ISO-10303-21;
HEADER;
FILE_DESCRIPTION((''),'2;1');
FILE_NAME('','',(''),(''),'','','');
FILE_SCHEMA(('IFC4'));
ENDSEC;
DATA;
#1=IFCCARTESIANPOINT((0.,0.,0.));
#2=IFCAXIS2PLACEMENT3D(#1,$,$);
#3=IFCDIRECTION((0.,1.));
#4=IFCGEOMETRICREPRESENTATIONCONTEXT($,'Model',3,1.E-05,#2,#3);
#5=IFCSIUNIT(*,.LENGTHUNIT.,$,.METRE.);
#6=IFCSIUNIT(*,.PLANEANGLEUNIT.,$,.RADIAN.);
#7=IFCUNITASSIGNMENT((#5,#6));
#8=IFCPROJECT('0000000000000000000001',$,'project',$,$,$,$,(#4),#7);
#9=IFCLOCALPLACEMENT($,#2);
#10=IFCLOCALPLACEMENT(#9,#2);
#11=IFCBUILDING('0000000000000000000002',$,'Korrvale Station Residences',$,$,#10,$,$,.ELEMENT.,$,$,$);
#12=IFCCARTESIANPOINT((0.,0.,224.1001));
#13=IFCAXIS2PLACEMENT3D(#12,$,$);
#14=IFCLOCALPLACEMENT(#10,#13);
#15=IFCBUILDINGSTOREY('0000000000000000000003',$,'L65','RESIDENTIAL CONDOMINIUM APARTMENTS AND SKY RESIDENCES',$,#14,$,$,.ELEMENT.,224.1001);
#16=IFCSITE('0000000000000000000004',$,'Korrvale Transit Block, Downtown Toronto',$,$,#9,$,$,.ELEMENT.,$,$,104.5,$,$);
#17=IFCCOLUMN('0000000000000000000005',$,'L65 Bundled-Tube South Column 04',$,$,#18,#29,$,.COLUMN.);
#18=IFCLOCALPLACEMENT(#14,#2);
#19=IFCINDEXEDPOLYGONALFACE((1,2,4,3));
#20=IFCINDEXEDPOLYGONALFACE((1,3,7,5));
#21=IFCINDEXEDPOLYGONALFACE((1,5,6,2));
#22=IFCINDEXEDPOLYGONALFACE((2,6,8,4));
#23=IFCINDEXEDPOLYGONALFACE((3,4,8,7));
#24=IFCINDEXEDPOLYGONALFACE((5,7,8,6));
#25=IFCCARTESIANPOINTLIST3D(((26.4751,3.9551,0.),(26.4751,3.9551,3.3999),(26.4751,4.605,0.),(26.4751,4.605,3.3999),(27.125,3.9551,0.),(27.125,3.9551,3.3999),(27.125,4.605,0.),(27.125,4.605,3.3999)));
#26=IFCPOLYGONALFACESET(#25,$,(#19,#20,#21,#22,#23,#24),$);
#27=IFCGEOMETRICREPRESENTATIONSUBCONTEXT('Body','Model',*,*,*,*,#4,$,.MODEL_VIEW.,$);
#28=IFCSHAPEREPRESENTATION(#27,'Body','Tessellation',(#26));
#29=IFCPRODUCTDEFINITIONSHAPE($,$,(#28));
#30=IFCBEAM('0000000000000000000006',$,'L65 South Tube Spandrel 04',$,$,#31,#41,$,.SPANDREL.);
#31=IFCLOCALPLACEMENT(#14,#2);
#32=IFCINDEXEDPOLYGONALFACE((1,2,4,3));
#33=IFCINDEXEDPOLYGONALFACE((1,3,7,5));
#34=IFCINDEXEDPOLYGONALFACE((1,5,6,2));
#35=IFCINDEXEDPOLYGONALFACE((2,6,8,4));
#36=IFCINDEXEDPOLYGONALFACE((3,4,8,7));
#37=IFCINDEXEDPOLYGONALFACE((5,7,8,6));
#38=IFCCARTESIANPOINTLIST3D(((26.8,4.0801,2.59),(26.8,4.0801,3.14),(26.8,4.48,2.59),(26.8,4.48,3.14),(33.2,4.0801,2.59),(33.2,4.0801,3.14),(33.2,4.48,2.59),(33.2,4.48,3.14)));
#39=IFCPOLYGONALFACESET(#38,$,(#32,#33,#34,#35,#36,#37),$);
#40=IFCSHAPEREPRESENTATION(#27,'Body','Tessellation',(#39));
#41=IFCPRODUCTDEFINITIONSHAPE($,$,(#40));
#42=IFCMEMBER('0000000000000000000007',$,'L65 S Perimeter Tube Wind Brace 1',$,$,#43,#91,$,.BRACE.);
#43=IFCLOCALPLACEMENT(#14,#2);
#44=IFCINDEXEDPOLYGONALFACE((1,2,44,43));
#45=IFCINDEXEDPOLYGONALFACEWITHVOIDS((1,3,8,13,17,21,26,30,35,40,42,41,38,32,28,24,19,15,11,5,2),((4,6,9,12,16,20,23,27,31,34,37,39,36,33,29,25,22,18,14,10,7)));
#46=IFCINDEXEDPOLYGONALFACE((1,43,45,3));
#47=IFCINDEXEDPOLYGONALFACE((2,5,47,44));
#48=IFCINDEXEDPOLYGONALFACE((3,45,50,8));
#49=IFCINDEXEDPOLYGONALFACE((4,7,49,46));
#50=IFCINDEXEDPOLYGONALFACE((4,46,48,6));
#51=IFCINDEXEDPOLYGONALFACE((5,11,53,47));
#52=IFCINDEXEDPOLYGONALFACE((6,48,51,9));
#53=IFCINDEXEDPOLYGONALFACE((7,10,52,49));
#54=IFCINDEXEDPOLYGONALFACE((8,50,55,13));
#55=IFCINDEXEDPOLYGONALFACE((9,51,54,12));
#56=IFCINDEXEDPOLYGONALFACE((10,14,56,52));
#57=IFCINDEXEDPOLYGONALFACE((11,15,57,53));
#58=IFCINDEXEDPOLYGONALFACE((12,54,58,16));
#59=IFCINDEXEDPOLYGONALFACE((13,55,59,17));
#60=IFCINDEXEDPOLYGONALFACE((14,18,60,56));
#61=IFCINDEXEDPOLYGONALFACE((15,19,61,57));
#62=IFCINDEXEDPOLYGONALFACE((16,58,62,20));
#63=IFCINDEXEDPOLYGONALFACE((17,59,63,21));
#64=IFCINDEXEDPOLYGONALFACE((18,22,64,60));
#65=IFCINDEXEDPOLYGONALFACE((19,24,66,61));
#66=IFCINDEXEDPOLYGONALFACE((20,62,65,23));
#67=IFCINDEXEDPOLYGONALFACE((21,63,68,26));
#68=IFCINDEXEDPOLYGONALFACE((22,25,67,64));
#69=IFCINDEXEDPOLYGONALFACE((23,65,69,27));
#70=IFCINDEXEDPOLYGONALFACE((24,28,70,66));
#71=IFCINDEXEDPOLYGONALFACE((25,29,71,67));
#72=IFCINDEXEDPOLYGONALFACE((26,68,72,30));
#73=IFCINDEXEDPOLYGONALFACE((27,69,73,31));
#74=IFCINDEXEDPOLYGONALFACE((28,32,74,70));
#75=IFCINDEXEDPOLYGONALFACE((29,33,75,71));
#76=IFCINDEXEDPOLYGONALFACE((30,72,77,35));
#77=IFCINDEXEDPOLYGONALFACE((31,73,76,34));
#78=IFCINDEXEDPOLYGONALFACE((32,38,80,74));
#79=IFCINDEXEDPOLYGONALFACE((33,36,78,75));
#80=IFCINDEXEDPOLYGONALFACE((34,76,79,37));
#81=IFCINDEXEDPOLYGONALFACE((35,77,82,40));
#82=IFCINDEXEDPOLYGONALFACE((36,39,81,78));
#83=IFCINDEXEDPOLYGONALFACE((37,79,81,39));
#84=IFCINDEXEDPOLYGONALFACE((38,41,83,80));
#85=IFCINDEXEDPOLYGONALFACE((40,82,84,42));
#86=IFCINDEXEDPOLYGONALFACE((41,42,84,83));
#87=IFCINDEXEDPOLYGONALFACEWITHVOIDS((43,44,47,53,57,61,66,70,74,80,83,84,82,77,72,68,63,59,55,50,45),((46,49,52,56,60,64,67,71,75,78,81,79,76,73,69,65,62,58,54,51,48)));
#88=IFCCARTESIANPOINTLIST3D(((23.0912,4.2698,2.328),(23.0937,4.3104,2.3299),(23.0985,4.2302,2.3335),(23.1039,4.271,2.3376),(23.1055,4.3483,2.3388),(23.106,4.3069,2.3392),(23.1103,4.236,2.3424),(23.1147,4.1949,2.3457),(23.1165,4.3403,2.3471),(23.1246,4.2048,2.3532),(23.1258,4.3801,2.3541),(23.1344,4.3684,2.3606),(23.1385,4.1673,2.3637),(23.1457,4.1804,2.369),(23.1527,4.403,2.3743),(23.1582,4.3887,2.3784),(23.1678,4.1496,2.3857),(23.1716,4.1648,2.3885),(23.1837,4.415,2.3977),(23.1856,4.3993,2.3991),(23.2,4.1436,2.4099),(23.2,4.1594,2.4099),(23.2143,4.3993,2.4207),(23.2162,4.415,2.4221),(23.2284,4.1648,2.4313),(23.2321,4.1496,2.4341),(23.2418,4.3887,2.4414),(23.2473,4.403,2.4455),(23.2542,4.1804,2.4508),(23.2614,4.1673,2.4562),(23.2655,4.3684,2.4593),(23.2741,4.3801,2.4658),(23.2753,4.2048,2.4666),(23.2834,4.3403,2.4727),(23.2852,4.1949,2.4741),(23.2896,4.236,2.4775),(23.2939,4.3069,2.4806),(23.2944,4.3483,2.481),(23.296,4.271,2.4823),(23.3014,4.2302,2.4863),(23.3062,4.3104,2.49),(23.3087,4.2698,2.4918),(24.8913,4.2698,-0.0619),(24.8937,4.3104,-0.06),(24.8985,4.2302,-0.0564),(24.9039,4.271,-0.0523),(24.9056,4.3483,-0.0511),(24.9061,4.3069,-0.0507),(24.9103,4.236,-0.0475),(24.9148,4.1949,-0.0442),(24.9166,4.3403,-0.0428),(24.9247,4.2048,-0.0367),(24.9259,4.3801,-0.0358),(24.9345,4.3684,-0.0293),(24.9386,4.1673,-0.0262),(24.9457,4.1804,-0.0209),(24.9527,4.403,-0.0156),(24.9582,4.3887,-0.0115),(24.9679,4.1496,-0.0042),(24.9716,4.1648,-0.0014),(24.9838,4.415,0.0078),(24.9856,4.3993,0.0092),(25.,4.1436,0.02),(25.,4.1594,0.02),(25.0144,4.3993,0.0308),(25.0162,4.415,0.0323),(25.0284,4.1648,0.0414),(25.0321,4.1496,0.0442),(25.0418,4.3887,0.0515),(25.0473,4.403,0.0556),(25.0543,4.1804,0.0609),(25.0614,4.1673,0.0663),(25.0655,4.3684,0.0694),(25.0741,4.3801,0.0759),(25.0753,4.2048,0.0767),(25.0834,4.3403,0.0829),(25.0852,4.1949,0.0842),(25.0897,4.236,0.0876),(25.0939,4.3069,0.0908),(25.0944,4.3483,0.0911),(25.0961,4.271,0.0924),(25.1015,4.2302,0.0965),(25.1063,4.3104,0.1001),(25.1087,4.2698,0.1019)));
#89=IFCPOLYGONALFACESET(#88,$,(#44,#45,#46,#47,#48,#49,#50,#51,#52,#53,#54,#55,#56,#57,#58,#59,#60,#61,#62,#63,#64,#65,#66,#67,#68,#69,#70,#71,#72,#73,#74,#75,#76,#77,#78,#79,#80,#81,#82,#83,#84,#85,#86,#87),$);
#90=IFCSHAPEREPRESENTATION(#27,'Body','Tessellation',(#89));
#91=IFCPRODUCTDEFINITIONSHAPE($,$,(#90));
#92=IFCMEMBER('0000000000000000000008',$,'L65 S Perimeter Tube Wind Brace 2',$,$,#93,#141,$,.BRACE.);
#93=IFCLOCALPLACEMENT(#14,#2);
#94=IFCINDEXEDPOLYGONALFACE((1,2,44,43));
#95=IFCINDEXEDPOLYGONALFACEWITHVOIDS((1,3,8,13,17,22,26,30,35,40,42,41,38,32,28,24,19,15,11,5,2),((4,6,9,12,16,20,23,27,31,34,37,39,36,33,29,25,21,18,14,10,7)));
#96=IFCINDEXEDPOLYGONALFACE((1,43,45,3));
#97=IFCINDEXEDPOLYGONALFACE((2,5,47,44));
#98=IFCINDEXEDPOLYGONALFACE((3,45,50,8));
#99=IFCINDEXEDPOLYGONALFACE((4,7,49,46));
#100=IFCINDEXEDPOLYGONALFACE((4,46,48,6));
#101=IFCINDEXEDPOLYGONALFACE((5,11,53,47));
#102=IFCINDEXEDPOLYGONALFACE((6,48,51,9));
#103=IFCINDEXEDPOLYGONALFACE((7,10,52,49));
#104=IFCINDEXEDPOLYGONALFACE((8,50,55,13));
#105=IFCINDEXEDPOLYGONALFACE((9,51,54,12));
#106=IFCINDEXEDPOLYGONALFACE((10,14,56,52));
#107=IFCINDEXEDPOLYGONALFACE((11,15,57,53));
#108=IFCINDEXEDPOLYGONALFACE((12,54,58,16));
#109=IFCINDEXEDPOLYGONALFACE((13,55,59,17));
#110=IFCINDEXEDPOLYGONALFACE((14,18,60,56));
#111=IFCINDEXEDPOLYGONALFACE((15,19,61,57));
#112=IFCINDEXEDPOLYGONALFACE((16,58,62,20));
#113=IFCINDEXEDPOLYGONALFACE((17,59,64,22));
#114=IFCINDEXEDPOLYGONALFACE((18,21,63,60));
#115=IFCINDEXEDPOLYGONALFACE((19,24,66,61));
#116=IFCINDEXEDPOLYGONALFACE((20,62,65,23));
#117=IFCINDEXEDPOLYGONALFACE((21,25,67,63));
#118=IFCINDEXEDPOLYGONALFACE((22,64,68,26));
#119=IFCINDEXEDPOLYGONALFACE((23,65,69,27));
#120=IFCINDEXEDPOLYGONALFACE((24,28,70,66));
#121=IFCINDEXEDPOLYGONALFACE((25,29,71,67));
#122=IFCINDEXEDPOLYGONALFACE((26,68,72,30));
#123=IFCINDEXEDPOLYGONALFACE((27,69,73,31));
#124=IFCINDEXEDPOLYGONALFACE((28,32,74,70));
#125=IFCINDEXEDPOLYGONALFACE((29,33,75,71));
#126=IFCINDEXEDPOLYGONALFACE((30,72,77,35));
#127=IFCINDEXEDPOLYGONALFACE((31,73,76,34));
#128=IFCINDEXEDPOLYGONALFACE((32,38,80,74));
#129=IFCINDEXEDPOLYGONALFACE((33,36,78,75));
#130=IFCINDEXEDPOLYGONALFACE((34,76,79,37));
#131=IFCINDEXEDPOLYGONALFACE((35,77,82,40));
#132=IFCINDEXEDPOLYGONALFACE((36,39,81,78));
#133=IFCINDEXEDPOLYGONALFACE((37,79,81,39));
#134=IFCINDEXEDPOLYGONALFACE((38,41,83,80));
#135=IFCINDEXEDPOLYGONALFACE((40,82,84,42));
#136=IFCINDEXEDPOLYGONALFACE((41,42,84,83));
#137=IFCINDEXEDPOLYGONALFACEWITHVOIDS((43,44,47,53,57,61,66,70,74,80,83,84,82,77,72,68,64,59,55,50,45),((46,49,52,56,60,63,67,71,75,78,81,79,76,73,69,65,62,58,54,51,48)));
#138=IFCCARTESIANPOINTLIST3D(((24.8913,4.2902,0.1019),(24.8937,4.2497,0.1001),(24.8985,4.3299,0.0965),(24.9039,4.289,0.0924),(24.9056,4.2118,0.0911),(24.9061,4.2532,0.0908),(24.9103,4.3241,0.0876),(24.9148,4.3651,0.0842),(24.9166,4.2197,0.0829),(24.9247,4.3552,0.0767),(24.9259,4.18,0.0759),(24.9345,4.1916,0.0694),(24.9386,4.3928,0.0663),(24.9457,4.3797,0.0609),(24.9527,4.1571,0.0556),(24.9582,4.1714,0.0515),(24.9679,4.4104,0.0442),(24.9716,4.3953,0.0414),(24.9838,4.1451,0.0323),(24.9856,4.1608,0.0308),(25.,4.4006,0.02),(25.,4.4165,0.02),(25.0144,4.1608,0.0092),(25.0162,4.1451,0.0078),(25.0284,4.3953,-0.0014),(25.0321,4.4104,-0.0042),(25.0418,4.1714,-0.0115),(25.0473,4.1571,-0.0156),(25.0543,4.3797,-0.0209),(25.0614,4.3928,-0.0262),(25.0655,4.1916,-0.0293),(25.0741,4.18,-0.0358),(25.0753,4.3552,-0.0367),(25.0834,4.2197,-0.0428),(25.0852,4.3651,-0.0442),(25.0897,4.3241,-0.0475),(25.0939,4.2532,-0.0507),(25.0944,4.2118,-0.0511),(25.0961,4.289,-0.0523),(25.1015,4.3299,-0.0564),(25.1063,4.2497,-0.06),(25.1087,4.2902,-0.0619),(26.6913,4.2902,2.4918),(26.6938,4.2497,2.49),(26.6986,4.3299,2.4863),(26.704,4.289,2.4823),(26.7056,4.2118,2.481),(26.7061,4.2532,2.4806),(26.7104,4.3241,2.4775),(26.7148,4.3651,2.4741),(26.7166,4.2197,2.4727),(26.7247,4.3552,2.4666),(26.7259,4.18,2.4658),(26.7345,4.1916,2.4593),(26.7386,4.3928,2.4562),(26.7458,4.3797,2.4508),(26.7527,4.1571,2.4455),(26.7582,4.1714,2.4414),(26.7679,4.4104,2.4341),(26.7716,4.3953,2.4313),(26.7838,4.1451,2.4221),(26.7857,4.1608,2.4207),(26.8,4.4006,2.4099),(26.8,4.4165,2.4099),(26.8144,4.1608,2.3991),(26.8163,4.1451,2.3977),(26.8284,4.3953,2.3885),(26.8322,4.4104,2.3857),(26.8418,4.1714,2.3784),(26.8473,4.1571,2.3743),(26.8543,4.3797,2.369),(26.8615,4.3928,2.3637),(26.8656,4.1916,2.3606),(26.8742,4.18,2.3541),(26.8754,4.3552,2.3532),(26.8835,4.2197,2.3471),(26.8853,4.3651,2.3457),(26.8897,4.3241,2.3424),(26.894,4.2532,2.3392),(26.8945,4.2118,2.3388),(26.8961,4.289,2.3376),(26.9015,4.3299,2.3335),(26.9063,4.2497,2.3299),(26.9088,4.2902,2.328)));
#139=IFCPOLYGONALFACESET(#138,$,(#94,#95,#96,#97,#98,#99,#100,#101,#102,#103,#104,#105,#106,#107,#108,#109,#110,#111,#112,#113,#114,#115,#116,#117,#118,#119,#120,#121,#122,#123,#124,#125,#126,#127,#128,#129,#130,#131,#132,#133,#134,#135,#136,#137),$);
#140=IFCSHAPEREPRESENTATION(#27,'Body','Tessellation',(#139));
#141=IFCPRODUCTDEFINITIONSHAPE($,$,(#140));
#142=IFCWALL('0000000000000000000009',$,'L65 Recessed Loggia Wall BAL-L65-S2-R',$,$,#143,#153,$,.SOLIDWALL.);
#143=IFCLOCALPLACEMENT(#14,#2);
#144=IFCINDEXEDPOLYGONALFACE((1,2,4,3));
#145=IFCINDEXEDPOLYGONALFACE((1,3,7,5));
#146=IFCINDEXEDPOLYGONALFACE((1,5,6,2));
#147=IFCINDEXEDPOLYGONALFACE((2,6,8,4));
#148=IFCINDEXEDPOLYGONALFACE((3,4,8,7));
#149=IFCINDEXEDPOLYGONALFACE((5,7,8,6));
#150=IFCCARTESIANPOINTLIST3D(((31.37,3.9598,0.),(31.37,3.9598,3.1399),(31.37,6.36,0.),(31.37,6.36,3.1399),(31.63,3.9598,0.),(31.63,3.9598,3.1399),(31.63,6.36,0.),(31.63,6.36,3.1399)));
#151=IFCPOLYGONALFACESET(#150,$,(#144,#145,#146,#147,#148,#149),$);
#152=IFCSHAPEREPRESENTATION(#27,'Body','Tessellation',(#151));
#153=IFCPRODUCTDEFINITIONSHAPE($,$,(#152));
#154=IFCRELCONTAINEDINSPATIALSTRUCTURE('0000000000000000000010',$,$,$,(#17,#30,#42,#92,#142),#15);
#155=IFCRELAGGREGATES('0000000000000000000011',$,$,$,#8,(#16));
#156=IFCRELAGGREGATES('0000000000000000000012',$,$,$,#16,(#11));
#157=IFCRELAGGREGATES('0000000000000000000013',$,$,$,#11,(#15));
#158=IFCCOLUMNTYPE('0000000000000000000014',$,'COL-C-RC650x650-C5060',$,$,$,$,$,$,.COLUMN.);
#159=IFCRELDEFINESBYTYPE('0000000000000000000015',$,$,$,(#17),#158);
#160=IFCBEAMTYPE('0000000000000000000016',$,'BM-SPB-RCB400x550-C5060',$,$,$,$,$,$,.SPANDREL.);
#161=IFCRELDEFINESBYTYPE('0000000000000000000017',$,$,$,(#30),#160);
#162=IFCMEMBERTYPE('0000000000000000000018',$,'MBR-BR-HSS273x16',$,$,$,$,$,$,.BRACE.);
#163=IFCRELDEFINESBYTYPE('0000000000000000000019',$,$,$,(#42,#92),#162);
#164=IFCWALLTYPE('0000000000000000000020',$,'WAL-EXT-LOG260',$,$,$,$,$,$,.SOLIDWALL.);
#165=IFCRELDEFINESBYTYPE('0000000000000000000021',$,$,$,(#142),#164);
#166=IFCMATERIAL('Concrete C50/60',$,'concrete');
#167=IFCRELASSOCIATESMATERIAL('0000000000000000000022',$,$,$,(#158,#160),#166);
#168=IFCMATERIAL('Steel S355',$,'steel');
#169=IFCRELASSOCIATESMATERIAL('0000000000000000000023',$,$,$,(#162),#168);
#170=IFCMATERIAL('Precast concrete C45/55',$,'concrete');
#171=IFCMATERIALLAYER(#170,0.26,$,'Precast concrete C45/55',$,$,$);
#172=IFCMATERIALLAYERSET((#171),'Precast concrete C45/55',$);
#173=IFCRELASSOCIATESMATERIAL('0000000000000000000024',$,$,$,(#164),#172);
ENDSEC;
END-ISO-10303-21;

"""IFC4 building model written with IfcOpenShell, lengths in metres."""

from ifc_helpers import new_model, si_unit, direction, frame, frame_2d, origin, origin_2d, place, context, subcontext, project, spatial, rectangle, hollow_circle, extrude, material, layer, layer_set, material_profile, profile_set, type_object, element, save


model = new_model("IFC4")

# Units and contexts
model_context = context("Model", 3, precision=1e-05, world=origin(), true_north=direction((0.0, 1.0)))
body_context = subcontext(model_context, "Body", "Model", "MODEL_VIEW")
ifc_project = project(units=[si_unit("LENGTHUNIT", "METRE"), si_unit("PLANEANGLEUNIT", "RADIAN")], contexts=[model_context])

# Site, building, storey
site_placement = place(None, origin())
site = spatial("IfcSite", under=ifc_project, at=site_placement, Name="Korrvale Transit Block, Downtown Toronto", CompositionType="ELEMENT", RefElevation=104.5)
building_placement = place(site_placement, origin())
building = spatial("IfcBuilding", under=site, at=building_placement, Name="Korrvale Station Residences", CompositionType="ELEMENT")
storey_placement = place(building_placement, frame((0.0, 0.0, 224.1001)))
storey = spatial("IfcBuildingStorey", under=building, at=storey_placement, Name="L65", Description="RESIDENTIAL CONDOMINIUM APARTMENTS AND SKY RESIDENCES", CompositionType="ELEMENT", Elevation=224.1001)

# Column
ifc_material_1 = material(Name="Concrete C50/60", Category="concrete")
ifc_material_profile_1 = material_profile(ifc_material_1, rectangle(XDim=0.6499, YDim=0.6499, at=origin_2d()), Name="RC650x650")
ifc_profile_set_1 = profile_set([ifc_material_profile_1], Name="Concrete C50/60")
column_type = type_object("IfcColumnType", Name="COL-C-RC650x650-C5060", PredefinedType="COLUMN", material=ifc_profile_set_1)
column_placement = place(storey_placement, frame((26.8, 4.28, 0.0), z_axis=(0.0, 0.0, 1.0), x_axis=(1.0, 0.0, 0.0)))
element("IfcColumn", 1, at=column_placement, inside=storey, type_object=column_type, Name="L65 Bundled-Tube South Column 04", PredefinedType="COLUMN", context=body_context, shape_type="SweptSolid", body=[
    extrude(rectangle(XDim=0.6499, YDim=0.6499, at=origin_2d()), origin(), (0.0, 0.0, 1.0), 3.3999),
])

# Beam
ifc_material_profile_2 = material_profile(ifc_material_1, rectangle(XDim=0.3999, YDim=0.55, at=origin_2d()), Name="RCB400x550")
ifc_profile_set_2 = profile_set([ifc_material_profile_2], Name="Concrete C50/60")
beam_type = type_object("IfcBeamType", Name="BM-SPB-RCB400x550-C5060", PredefinedType="SPANDREL", material=ifc_profile_set_2)
beam_placement = place(storey_placement, frame((26.8, 4.28, 2.865), z_axis=(1.0, 0.0, 0.0), x_axis=(0.0, 1.0, 0.0)))
element("IfcBeam", 2, at=beam_placement, inside=storey, type_object=beam_type, Name="L65 South Tube Spandrel 04", PredefinedType="SPANDREL", context=body_context, shape_type="SweptSolid", body=[
    extrude(rectangle(XDim=0.3999, YDim=0.55, at=origin_2d()), origin(), (0.0, 0.0, 1.0), 6.3999),
])

# Members
ifc_material_2 = material(Name="Steel S355", Category="steel")
ifc_material_profile_3 = material_profile(ifc_material_2, hollow_circle(Radius=0.1365, WallThickness=0.0159, at=origin_2d()), Name="HSS273x16")
ifc_profile_set_3 = profile_set([ifc_material_profile_3], Name="Steel S355")
member_type = type_object("IfcMemberType", Name="MBR-BR-HSS273x16", PredefinedType="BRACE", material=ifc_profile_set_3)
for number, where, z_axis, x_axis, name in (
    (3, (25.0, 4.28, 0.02), (-0.601631, 0.0, 0.798774), (0.0, -1.0, 0.0), "L65 S Perimeter Tube Wind Brace 1"),
    (4, (25.0, 4.28, 0.02), (0.601631, 0.0, 0.798774), (0.0, 1.0, 0.0), "L65 S Perimeter Tube Wind Brace 2"),
):
    element("IfcMember", number, at=place(storey_placement, frame(where, z_axis=z_axis, x_axis=x_axis)), inside=storey, type_object=member_type, Name=name, PredefinedType="BRACE", context=body_context, shape_type="SweptSolid", body=[
        extrude(hollow_circle(Radius=0.1365, WallThickness=0.0159, at=origin_2d()), origin(), (0.0, 0.0, 1.0), 2.9919),
    ])

# Wall
ifc_material_3 = material(Name="Precast concrete C45/55", Category="concrete")
ifc_layer_1 = layer(ifc_material_3, 0.26, Name="Precast concrete C45/55")
ifc_layer_set_1 = layer_set([ifc_layer_1], Name="Precast concrete C45/55")
wall_type_1 = type_object("IfcWallType", Name="WAL-EXT-LOG260", PredefinedType="SOLIDWALL", material=ifc_layer_set_1)
wall_1_placement = place(storey_placement, frame((31.5, 6.3601, 0.0), z_axis=(0.0, 0.0, 1.0), x_axis=(0.0, -1.0, 0.0)))
element("IfcWall", 5, at=wall_1_placement, inside=storey, type_object=wall_type_1, Name="L65 Recessed Loggia Wall BAL-L65-S2-R", PredefinedType="SOLIDWALL", context=body_context, shape_type="SweptSolid", body=[
    extrude(rectangle(XDim=2.4001, YDim=0.26, at=frame_2d((1.2002, 0.0))), origin(), (0.0, 0.0, 1.0), 3.1399),
])

save(model, "model.ifc")
